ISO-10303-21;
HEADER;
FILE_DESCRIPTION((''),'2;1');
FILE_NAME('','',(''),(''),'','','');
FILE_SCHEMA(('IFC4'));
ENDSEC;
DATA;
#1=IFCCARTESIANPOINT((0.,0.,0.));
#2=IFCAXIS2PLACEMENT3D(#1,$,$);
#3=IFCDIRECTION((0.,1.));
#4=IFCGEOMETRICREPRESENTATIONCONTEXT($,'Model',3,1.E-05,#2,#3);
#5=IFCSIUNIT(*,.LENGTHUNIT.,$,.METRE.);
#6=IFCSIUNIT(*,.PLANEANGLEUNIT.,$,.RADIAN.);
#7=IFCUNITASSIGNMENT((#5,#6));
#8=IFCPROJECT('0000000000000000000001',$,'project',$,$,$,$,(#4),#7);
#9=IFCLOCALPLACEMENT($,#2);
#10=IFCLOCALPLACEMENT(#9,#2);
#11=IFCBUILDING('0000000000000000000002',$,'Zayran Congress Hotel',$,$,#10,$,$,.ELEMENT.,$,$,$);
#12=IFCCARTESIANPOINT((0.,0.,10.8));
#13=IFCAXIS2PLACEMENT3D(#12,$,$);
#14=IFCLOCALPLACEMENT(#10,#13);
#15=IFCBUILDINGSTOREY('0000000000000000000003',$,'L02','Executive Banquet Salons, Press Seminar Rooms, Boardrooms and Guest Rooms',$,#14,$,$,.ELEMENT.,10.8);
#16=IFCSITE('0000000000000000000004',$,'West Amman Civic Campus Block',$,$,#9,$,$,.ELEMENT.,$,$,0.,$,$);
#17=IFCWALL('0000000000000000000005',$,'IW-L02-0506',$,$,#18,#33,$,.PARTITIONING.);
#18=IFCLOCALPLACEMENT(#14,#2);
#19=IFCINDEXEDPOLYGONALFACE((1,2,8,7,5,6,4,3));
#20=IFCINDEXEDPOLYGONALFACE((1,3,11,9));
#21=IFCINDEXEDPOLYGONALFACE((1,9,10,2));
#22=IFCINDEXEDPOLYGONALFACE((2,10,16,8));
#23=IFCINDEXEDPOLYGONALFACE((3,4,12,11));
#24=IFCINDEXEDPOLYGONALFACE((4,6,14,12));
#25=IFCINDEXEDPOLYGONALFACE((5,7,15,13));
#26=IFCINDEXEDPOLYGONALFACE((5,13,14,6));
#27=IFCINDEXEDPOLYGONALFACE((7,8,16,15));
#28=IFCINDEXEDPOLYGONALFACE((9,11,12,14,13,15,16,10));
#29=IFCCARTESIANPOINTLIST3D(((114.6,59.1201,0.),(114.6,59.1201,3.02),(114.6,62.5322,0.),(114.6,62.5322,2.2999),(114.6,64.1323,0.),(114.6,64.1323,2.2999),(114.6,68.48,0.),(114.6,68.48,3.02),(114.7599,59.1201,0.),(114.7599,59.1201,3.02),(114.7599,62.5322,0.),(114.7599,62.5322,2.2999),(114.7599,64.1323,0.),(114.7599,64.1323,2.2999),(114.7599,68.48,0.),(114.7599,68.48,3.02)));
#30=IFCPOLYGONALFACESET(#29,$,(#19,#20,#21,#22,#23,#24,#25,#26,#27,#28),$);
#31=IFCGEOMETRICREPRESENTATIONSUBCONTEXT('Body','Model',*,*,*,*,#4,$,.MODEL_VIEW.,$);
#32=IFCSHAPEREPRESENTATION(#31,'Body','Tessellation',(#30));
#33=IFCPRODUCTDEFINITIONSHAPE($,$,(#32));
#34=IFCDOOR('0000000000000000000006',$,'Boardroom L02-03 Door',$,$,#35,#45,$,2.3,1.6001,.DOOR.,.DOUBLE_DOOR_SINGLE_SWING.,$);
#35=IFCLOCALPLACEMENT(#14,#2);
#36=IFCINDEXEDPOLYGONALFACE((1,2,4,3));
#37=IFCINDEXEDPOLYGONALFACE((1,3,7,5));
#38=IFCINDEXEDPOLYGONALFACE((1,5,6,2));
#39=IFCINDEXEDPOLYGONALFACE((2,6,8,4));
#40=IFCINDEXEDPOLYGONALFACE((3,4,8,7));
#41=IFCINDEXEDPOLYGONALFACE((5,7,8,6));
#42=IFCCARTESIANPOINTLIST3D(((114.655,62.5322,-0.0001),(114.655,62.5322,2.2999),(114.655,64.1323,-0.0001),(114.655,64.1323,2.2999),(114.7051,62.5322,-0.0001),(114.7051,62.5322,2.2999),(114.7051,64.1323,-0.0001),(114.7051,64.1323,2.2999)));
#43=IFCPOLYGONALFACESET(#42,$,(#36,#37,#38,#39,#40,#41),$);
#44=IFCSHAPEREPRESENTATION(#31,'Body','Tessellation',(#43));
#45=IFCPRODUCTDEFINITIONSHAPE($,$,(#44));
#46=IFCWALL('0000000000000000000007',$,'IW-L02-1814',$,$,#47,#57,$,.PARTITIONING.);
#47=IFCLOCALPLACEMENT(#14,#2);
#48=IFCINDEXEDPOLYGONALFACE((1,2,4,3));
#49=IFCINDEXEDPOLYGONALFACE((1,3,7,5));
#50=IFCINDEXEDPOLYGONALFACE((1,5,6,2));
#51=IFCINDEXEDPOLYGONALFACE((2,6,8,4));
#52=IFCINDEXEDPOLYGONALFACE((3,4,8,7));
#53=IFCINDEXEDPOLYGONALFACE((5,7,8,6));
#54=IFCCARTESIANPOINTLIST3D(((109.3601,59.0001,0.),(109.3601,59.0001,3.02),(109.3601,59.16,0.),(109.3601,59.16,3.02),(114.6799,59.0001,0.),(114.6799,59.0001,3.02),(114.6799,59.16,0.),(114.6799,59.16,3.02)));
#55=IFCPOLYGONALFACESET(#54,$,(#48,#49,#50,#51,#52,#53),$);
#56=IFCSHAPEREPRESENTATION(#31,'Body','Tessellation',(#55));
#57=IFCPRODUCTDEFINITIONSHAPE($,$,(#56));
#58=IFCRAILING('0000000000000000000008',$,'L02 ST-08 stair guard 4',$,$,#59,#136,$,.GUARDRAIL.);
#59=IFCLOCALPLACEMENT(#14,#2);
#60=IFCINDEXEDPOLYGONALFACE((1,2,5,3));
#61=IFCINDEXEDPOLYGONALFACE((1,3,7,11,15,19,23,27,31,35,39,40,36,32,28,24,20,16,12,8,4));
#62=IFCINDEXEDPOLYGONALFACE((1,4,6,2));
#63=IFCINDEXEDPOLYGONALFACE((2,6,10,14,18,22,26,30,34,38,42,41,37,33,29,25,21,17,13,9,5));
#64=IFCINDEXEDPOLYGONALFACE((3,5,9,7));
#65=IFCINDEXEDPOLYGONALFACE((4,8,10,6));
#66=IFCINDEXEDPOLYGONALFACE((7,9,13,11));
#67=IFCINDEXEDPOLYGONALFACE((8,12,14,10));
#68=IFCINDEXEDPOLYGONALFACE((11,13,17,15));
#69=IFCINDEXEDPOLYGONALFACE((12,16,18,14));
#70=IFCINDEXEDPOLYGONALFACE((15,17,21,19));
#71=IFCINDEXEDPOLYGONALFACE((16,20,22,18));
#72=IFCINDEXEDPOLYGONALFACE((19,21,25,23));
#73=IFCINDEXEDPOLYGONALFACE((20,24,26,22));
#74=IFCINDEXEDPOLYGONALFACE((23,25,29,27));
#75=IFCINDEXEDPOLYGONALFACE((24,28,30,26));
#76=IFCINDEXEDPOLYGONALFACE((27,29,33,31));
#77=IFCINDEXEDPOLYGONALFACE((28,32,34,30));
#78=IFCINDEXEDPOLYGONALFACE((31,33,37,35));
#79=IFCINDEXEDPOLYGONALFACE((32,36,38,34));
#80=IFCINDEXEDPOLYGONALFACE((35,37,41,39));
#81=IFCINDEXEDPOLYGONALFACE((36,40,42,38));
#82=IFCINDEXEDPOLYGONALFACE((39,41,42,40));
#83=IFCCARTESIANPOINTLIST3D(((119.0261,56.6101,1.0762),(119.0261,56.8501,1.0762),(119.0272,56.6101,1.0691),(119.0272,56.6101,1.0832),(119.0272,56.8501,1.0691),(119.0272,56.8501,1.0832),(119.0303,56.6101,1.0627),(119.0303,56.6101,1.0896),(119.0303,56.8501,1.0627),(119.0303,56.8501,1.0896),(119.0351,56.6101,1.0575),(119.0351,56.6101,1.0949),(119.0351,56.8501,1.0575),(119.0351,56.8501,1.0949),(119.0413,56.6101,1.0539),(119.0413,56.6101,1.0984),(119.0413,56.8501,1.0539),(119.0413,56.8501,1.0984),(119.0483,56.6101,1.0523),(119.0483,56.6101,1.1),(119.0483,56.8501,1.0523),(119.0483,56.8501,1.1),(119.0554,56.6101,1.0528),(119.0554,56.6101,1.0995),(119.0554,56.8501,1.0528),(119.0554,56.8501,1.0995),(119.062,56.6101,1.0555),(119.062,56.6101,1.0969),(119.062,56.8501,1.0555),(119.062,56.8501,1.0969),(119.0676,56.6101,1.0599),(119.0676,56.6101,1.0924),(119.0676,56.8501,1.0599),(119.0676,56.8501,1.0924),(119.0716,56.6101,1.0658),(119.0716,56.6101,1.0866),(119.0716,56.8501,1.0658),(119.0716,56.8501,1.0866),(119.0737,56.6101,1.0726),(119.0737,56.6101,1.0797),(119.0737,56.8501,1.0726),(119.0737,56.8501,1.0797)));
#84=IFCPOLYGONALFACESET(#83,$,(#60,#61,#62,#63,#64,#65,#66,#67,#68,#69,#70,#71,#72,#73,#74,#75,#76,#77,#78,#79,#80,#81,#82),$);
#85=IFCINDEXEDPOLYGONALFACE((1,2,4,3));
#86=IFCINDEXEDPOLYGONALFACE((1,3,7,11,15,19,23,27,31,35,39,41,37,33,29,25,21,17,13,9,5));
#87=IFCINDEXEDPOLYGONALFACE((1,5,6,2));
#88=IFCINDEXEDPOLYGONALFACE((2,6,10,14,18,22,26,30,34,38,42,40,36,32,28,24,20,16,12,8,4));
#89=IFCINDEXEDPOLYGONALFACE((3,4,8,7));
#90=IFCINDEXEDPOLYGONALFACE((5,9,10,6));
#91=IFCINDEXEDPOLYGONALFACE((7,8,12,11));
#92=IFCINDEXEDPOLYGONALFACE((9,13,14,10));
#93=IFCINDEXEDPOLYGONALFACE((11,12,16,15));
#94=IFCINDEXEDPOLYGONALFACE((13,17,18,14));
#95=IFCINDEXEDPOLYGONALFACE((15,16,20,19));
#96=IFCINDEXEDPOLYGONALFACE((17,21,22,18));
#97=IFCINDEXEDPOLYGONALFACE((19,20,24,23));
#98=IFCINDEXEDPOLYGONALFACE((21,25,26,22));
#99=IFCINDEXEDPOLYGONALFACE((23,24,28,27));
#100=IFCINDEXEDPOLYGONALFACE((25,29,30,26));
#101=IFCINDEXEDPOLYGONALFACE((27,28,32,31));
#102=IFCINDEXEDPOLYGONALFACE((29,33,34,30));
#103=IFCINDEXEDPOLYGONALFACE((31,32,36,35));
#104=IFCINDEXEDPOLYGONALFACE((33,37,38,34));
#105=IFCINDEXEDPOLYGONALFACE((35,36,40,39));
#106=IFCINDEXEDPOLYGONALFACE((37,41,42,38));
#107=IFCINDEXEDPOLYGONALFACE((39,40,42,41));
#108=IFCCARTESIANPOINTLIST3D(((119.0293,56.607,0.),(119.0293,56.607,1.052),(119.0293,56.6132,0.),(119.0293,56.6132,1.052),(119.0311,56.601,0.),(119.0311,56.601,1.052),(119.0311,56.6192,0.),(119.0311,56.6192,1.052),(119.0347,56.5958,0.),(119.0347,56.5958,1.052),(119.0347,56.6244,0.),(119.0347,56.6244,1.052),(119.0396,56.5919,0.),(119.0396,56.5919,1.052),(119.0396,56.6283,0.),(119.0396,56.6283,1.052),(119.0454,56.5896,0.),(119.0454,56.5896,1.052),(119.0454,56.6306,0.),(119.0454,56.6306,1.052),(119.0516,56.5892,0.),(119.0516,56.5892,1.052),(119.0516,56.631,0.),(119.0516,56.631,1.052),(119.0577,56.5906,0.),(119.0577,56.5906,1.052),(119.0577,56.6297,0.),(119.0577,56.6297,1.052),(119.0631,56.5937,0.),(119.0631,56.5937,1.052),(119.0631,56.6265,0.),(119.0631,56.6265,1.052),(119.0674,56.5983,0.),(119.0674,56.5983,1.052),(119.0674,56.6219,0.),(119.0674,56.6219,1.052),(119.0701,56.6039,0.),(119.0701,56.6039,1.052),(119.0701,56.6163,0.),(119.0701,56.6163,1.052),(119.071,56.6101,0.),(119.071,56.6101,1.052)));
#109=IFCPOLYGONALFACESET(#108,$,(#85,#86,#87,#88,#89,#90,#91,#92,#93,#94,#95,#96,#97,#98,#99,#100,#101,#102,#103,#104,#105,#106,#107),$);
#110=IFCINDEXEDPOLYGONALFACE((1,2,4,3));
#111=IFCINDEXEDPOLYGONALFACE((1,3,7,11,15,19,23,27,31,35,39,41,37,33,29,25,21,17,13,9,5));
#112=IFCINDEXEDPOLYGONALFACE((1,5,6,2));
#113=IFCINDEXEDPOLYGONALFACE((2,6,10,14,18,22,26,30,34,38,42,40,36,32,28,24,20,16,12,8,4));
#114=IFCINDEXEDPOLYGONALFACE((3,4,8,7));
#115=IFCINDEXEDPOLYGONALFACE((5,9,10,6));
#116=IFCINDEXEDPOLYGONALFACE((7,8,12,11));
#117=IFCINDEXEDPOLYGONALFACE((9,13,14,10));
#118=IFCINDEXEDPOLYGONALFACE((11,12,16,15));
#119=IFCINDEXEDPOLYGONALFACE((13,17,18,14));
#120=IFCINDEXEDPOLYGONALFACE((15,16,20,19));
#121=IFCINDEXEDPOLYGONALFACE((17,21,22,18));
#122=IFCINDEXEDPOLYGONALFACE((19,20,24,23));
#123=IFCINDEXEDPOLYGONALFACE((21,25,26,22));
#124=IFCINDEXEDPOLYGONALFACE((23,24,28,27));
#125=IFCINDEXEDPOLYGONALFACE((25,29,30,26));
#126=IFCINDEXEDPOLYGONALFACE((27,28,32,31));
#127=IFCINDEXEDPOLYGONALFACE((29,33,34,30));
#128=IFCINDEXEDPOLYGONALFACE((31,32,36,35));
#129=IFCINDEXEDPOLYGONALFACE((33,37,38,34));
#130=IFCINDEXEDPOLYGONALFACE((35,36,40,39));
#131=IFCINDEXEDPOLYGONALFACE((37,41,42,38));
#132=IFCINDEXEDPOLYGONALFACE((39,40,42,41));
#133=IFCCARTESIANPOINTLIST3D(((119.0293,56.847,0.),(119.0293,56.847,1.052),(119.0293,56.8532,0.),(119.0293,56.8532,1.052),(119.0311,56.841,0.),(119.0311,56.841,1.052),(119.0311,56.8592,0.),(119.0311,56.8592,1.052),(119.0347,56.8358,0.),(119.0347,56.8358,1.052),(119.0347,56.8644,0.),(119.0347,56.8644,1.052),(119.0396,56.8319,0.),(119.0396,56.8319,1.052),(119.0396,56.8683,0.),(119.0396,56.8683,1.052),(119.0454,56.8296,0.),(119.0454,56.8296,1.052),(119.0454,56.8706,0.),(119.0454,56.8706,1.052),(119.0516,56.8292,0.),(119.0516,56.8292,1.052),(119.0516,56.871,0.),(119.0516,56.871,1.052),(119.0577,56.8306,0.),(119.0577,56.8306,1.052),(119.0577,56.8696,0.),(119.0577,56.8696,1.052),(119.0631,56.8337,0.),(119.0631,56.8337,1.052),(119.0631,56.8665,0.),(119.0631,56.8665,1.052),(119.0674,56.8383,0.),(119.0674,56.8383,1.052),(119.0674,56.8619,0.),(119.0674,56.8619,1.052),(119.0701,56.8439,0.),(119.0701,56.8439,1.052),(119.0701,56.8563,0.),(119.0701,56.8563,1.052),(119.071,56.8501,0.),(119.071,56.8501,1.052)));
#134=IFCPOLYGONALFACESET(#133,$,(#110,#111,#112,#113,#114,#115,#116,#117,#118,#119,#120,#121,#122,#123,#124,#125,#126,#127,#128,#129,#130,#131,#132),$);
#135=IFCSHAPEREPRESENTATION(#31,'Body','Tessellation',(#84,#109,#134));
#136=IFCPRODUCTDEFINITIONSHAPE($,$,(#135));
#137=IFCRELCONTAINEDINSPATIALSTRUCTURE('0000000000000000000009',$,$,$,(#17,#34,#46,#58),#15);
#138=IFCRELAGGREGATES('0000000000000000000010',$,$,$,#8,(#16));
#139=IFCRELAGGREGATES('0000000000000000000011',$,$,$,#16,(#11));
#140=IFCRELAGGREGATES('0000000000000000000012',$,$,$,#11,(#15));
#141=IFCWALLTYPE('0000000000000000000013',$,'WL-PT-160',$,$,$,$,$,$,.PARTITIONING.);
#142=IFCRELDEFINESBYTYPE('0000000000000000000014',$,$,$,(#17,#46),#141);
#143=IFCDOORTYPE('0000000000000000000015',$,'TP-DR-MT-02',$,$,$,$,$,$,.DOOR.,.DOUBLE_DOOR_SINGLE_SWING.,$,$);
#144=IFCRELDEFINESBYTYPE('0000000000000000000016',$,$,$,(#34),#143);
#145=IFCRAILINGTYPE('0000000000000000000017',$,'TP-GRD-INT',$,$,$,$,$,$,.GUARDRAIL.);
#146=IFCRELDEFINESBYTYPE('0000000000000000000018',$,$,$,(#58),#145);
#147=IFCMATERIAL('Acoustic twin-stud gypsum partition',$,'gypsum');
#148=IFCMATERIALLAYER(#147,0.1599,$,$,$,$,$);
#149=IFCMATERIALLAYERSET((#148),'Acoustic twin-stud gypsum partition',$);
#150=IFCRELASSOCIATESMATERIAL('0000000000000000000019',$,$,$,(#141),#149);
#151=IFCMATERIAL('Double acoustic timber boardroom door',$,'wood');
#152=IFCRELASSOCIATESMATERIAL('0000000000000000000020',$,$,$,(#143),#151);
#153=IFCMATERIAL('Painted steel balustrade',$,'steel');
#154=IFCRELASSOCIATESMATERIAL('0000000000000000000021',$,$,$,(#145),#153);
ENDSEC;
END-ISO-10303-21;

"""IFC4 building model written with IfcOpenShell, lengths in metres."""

from ifc_helpers import new_model, si_unit, direction, frame, frame_2d, origin, origin_2d, place, context, subcontext, project, spatial, rectangle, circle, extrude, material, layer, layer_set, type_object, element, fill, save


model = new_model("IFC4")

# Units and contexts
model_context = context("Model", 3, precision=1e-05, world=origin(), true_north=direction((0.0, 1.0)))
body_context = subcontext(model_context, "Body", "Model", "MODEL_VIEW")
ifc_project = project(units=[si_unit("LENGTHUNIT", "METRE"), si_unit("PLANEANGLEUNIT", "RADIAN")], contexts=[model_context])

# Site, building, storey
site_placement = place(None, origin())
site = spatial("IfcSite", under=ifc_project, at=site_placement, Name="West Amman Civic Campus Block", CompositionType="ELEMENT", RefElevation=0.0)
building_placement = place(site_placement, origin())
building = spatial("IfcBuilding", under=site, at=building_placement, Name="Zayran Congress Hotel", CompositionType="ELEMENT")
storey_placement = place(building_placement, frame((0.0, 0.0, 10.8)))
storey = spatial("IfcBuildingStorey", under=building, at=storey_placement, Name="L02", Description="Executive Banquet Salons, Press Seminar Rooms, Boardrooms and Guest Rooms", CompositionType="ELEMENT", Elevation=10.8)

# Wall, opening, door
ifc_material_1 = material(Name="Acoustic twin-stud gypsum partition", Category="gypsum")
ifc_layer_1 = layer(ifc_material_1, 0.1599)
ifc_layer_set_1 = layer_set([ifc_layer_1], Name="Acoustic twin-stud gypsum partition")
wall_type_1 = type_object("IfcWallType", Name="WL-PT-160", PredefinedType="PARTITIONING", material=ifc_layer_set_1)
wall_1_placement = place(storey_placement, frame((114.6799, 59.1201, 0.0), z_axis=(0.0, 0.0, 1.0), x_axis=(0.0, 1.0, 0.0)))
wall_1 = element("IfcWall", 1, at=wall_1_placement, inside=storey, type_object=wall_type_1, Name="IW-L02-0506", PredefinedType="PARTITIONING", context=body_context, shape_type="SweptSolid", body=[
    extrude(rectangle(XDim=9.3599, YDim=0.1599, at=frame_2d((4.6799, 0.0))), origin(), (0.0, 0.0, 1.0), 3.02),
])
opening_1_placement = place(wall_1_placement, frame((3.4121, 0.0, 0.0)))
opening_1 = element("IfcOpeningElement", 2, at=opening_1_placement, cuts=wall_1, PredefinedType="OPENING", context=body_context, shape_type="SweptSolid", body=[
    extrude(rectangle(XDim=1.6001, YDim=2.3, at=frame_2d((0.8, 1.1499))), frame((0.0, 0.0898, 0.0), z_axis=(0.0, -1.0, 0.0), x_axis=(1.0, 0.0, 0.0)), (0.0, 0.0, 1.0), 0.1799),
])
ifc_material_2 = material(Name="Double acoustic timber boardroom door", Category="wood")
door_type_1 = type_object("IfcDoorType", Name="TP-DR-MT-02", OperationType="DOUBLE_DOOR_SINGLE_SWING", PredefinedType="DOOR", material=ifc_material_2)
door_1_placement = place(opening_1_placement, origin())
door_1 = element("IfcDoor", 3, at=door_1_placement, inside=storey, type_object=door_type_1, Name="Boardroom L02-03 Door", OperationType="DOUBLE_DOOR_SINGLE_SWING", OverallHeight=2.3, OverallWidth=1.6001, PredefinedType="DOOR", context=body_context, shape_type="SweptSolid", body=[
    extrude(rectangle(XDim=1.6001, YDim=2.3, at=frame_2d((0.8, 1.1499))), frame((0.0, 0.0249, 0.0), z_axis=(0.0, -1.0, 0.0), x_axis=(1.0, 0.0, 0.0)), (0.0, 0.0, 1.0), 0.05),
])
fill(opening_1, door_1)

# Wall
wall_2_placement = place(storey_placement, frame((109.3601, 59.0801, 0.0), z_axis=(0.0, 0.0, 1.0), x_axis=(1.0, 0.0, 0.0)))
element("IfcWall", 4, at=wall_2_placement, inside=storey, type_object=wall_type_1, Name="IW-L02-1814", PredefinedType="PARTITIONING", context=body_context, shape_type="SweptSolid", body=[
    extrude(rectangle(XDim=5.3198, YDim=0.1599, at=frame_2d((2.6599, 0.0))), origin(), (0.0, 0.0, 1.0), 3.02),
])

# Railing
ifc_material_3 = material(Name="Painted steel balustrade", Category="steel")
railing_type = type_object("IfcRailingType", Name="TP-GRD-INT", PredefinedType="GUARDRAIL", material=ifc_material_3)
railing_placement = place(storey_placement, frame((119.05, 56.6101, 0.0)))
element("IfcRailing", 5, at=railing_placement, inside=storey, type_object=railing_type, Name="L02 ST-08 stair guard 4", PredefinedType="GUARDRAIL", context=body_context, shape_type="SweptSolid", body=[
    extrude(circle(Radius=0.0239, at=origin_2d()), frame((0.0, 0.0, 1.0762), z_axis=(0.0, 1.0, 0.0), x_axis=(-1.0, 0.0, 0.0)), (0.0, 0.0, 1.0), 0.24),
    extrude(circle(Radius=0.021, at=origin_2d()), origin(), (0.0, 0.0, 1.0), 1.052),
    extrude(circle(Radius=0.021, at=origin_2d()), frame((0.0, 0.24, 0.0)), (0.0, 0.0, 1.0), 1.052),
])

save(model, "model.ifc")
